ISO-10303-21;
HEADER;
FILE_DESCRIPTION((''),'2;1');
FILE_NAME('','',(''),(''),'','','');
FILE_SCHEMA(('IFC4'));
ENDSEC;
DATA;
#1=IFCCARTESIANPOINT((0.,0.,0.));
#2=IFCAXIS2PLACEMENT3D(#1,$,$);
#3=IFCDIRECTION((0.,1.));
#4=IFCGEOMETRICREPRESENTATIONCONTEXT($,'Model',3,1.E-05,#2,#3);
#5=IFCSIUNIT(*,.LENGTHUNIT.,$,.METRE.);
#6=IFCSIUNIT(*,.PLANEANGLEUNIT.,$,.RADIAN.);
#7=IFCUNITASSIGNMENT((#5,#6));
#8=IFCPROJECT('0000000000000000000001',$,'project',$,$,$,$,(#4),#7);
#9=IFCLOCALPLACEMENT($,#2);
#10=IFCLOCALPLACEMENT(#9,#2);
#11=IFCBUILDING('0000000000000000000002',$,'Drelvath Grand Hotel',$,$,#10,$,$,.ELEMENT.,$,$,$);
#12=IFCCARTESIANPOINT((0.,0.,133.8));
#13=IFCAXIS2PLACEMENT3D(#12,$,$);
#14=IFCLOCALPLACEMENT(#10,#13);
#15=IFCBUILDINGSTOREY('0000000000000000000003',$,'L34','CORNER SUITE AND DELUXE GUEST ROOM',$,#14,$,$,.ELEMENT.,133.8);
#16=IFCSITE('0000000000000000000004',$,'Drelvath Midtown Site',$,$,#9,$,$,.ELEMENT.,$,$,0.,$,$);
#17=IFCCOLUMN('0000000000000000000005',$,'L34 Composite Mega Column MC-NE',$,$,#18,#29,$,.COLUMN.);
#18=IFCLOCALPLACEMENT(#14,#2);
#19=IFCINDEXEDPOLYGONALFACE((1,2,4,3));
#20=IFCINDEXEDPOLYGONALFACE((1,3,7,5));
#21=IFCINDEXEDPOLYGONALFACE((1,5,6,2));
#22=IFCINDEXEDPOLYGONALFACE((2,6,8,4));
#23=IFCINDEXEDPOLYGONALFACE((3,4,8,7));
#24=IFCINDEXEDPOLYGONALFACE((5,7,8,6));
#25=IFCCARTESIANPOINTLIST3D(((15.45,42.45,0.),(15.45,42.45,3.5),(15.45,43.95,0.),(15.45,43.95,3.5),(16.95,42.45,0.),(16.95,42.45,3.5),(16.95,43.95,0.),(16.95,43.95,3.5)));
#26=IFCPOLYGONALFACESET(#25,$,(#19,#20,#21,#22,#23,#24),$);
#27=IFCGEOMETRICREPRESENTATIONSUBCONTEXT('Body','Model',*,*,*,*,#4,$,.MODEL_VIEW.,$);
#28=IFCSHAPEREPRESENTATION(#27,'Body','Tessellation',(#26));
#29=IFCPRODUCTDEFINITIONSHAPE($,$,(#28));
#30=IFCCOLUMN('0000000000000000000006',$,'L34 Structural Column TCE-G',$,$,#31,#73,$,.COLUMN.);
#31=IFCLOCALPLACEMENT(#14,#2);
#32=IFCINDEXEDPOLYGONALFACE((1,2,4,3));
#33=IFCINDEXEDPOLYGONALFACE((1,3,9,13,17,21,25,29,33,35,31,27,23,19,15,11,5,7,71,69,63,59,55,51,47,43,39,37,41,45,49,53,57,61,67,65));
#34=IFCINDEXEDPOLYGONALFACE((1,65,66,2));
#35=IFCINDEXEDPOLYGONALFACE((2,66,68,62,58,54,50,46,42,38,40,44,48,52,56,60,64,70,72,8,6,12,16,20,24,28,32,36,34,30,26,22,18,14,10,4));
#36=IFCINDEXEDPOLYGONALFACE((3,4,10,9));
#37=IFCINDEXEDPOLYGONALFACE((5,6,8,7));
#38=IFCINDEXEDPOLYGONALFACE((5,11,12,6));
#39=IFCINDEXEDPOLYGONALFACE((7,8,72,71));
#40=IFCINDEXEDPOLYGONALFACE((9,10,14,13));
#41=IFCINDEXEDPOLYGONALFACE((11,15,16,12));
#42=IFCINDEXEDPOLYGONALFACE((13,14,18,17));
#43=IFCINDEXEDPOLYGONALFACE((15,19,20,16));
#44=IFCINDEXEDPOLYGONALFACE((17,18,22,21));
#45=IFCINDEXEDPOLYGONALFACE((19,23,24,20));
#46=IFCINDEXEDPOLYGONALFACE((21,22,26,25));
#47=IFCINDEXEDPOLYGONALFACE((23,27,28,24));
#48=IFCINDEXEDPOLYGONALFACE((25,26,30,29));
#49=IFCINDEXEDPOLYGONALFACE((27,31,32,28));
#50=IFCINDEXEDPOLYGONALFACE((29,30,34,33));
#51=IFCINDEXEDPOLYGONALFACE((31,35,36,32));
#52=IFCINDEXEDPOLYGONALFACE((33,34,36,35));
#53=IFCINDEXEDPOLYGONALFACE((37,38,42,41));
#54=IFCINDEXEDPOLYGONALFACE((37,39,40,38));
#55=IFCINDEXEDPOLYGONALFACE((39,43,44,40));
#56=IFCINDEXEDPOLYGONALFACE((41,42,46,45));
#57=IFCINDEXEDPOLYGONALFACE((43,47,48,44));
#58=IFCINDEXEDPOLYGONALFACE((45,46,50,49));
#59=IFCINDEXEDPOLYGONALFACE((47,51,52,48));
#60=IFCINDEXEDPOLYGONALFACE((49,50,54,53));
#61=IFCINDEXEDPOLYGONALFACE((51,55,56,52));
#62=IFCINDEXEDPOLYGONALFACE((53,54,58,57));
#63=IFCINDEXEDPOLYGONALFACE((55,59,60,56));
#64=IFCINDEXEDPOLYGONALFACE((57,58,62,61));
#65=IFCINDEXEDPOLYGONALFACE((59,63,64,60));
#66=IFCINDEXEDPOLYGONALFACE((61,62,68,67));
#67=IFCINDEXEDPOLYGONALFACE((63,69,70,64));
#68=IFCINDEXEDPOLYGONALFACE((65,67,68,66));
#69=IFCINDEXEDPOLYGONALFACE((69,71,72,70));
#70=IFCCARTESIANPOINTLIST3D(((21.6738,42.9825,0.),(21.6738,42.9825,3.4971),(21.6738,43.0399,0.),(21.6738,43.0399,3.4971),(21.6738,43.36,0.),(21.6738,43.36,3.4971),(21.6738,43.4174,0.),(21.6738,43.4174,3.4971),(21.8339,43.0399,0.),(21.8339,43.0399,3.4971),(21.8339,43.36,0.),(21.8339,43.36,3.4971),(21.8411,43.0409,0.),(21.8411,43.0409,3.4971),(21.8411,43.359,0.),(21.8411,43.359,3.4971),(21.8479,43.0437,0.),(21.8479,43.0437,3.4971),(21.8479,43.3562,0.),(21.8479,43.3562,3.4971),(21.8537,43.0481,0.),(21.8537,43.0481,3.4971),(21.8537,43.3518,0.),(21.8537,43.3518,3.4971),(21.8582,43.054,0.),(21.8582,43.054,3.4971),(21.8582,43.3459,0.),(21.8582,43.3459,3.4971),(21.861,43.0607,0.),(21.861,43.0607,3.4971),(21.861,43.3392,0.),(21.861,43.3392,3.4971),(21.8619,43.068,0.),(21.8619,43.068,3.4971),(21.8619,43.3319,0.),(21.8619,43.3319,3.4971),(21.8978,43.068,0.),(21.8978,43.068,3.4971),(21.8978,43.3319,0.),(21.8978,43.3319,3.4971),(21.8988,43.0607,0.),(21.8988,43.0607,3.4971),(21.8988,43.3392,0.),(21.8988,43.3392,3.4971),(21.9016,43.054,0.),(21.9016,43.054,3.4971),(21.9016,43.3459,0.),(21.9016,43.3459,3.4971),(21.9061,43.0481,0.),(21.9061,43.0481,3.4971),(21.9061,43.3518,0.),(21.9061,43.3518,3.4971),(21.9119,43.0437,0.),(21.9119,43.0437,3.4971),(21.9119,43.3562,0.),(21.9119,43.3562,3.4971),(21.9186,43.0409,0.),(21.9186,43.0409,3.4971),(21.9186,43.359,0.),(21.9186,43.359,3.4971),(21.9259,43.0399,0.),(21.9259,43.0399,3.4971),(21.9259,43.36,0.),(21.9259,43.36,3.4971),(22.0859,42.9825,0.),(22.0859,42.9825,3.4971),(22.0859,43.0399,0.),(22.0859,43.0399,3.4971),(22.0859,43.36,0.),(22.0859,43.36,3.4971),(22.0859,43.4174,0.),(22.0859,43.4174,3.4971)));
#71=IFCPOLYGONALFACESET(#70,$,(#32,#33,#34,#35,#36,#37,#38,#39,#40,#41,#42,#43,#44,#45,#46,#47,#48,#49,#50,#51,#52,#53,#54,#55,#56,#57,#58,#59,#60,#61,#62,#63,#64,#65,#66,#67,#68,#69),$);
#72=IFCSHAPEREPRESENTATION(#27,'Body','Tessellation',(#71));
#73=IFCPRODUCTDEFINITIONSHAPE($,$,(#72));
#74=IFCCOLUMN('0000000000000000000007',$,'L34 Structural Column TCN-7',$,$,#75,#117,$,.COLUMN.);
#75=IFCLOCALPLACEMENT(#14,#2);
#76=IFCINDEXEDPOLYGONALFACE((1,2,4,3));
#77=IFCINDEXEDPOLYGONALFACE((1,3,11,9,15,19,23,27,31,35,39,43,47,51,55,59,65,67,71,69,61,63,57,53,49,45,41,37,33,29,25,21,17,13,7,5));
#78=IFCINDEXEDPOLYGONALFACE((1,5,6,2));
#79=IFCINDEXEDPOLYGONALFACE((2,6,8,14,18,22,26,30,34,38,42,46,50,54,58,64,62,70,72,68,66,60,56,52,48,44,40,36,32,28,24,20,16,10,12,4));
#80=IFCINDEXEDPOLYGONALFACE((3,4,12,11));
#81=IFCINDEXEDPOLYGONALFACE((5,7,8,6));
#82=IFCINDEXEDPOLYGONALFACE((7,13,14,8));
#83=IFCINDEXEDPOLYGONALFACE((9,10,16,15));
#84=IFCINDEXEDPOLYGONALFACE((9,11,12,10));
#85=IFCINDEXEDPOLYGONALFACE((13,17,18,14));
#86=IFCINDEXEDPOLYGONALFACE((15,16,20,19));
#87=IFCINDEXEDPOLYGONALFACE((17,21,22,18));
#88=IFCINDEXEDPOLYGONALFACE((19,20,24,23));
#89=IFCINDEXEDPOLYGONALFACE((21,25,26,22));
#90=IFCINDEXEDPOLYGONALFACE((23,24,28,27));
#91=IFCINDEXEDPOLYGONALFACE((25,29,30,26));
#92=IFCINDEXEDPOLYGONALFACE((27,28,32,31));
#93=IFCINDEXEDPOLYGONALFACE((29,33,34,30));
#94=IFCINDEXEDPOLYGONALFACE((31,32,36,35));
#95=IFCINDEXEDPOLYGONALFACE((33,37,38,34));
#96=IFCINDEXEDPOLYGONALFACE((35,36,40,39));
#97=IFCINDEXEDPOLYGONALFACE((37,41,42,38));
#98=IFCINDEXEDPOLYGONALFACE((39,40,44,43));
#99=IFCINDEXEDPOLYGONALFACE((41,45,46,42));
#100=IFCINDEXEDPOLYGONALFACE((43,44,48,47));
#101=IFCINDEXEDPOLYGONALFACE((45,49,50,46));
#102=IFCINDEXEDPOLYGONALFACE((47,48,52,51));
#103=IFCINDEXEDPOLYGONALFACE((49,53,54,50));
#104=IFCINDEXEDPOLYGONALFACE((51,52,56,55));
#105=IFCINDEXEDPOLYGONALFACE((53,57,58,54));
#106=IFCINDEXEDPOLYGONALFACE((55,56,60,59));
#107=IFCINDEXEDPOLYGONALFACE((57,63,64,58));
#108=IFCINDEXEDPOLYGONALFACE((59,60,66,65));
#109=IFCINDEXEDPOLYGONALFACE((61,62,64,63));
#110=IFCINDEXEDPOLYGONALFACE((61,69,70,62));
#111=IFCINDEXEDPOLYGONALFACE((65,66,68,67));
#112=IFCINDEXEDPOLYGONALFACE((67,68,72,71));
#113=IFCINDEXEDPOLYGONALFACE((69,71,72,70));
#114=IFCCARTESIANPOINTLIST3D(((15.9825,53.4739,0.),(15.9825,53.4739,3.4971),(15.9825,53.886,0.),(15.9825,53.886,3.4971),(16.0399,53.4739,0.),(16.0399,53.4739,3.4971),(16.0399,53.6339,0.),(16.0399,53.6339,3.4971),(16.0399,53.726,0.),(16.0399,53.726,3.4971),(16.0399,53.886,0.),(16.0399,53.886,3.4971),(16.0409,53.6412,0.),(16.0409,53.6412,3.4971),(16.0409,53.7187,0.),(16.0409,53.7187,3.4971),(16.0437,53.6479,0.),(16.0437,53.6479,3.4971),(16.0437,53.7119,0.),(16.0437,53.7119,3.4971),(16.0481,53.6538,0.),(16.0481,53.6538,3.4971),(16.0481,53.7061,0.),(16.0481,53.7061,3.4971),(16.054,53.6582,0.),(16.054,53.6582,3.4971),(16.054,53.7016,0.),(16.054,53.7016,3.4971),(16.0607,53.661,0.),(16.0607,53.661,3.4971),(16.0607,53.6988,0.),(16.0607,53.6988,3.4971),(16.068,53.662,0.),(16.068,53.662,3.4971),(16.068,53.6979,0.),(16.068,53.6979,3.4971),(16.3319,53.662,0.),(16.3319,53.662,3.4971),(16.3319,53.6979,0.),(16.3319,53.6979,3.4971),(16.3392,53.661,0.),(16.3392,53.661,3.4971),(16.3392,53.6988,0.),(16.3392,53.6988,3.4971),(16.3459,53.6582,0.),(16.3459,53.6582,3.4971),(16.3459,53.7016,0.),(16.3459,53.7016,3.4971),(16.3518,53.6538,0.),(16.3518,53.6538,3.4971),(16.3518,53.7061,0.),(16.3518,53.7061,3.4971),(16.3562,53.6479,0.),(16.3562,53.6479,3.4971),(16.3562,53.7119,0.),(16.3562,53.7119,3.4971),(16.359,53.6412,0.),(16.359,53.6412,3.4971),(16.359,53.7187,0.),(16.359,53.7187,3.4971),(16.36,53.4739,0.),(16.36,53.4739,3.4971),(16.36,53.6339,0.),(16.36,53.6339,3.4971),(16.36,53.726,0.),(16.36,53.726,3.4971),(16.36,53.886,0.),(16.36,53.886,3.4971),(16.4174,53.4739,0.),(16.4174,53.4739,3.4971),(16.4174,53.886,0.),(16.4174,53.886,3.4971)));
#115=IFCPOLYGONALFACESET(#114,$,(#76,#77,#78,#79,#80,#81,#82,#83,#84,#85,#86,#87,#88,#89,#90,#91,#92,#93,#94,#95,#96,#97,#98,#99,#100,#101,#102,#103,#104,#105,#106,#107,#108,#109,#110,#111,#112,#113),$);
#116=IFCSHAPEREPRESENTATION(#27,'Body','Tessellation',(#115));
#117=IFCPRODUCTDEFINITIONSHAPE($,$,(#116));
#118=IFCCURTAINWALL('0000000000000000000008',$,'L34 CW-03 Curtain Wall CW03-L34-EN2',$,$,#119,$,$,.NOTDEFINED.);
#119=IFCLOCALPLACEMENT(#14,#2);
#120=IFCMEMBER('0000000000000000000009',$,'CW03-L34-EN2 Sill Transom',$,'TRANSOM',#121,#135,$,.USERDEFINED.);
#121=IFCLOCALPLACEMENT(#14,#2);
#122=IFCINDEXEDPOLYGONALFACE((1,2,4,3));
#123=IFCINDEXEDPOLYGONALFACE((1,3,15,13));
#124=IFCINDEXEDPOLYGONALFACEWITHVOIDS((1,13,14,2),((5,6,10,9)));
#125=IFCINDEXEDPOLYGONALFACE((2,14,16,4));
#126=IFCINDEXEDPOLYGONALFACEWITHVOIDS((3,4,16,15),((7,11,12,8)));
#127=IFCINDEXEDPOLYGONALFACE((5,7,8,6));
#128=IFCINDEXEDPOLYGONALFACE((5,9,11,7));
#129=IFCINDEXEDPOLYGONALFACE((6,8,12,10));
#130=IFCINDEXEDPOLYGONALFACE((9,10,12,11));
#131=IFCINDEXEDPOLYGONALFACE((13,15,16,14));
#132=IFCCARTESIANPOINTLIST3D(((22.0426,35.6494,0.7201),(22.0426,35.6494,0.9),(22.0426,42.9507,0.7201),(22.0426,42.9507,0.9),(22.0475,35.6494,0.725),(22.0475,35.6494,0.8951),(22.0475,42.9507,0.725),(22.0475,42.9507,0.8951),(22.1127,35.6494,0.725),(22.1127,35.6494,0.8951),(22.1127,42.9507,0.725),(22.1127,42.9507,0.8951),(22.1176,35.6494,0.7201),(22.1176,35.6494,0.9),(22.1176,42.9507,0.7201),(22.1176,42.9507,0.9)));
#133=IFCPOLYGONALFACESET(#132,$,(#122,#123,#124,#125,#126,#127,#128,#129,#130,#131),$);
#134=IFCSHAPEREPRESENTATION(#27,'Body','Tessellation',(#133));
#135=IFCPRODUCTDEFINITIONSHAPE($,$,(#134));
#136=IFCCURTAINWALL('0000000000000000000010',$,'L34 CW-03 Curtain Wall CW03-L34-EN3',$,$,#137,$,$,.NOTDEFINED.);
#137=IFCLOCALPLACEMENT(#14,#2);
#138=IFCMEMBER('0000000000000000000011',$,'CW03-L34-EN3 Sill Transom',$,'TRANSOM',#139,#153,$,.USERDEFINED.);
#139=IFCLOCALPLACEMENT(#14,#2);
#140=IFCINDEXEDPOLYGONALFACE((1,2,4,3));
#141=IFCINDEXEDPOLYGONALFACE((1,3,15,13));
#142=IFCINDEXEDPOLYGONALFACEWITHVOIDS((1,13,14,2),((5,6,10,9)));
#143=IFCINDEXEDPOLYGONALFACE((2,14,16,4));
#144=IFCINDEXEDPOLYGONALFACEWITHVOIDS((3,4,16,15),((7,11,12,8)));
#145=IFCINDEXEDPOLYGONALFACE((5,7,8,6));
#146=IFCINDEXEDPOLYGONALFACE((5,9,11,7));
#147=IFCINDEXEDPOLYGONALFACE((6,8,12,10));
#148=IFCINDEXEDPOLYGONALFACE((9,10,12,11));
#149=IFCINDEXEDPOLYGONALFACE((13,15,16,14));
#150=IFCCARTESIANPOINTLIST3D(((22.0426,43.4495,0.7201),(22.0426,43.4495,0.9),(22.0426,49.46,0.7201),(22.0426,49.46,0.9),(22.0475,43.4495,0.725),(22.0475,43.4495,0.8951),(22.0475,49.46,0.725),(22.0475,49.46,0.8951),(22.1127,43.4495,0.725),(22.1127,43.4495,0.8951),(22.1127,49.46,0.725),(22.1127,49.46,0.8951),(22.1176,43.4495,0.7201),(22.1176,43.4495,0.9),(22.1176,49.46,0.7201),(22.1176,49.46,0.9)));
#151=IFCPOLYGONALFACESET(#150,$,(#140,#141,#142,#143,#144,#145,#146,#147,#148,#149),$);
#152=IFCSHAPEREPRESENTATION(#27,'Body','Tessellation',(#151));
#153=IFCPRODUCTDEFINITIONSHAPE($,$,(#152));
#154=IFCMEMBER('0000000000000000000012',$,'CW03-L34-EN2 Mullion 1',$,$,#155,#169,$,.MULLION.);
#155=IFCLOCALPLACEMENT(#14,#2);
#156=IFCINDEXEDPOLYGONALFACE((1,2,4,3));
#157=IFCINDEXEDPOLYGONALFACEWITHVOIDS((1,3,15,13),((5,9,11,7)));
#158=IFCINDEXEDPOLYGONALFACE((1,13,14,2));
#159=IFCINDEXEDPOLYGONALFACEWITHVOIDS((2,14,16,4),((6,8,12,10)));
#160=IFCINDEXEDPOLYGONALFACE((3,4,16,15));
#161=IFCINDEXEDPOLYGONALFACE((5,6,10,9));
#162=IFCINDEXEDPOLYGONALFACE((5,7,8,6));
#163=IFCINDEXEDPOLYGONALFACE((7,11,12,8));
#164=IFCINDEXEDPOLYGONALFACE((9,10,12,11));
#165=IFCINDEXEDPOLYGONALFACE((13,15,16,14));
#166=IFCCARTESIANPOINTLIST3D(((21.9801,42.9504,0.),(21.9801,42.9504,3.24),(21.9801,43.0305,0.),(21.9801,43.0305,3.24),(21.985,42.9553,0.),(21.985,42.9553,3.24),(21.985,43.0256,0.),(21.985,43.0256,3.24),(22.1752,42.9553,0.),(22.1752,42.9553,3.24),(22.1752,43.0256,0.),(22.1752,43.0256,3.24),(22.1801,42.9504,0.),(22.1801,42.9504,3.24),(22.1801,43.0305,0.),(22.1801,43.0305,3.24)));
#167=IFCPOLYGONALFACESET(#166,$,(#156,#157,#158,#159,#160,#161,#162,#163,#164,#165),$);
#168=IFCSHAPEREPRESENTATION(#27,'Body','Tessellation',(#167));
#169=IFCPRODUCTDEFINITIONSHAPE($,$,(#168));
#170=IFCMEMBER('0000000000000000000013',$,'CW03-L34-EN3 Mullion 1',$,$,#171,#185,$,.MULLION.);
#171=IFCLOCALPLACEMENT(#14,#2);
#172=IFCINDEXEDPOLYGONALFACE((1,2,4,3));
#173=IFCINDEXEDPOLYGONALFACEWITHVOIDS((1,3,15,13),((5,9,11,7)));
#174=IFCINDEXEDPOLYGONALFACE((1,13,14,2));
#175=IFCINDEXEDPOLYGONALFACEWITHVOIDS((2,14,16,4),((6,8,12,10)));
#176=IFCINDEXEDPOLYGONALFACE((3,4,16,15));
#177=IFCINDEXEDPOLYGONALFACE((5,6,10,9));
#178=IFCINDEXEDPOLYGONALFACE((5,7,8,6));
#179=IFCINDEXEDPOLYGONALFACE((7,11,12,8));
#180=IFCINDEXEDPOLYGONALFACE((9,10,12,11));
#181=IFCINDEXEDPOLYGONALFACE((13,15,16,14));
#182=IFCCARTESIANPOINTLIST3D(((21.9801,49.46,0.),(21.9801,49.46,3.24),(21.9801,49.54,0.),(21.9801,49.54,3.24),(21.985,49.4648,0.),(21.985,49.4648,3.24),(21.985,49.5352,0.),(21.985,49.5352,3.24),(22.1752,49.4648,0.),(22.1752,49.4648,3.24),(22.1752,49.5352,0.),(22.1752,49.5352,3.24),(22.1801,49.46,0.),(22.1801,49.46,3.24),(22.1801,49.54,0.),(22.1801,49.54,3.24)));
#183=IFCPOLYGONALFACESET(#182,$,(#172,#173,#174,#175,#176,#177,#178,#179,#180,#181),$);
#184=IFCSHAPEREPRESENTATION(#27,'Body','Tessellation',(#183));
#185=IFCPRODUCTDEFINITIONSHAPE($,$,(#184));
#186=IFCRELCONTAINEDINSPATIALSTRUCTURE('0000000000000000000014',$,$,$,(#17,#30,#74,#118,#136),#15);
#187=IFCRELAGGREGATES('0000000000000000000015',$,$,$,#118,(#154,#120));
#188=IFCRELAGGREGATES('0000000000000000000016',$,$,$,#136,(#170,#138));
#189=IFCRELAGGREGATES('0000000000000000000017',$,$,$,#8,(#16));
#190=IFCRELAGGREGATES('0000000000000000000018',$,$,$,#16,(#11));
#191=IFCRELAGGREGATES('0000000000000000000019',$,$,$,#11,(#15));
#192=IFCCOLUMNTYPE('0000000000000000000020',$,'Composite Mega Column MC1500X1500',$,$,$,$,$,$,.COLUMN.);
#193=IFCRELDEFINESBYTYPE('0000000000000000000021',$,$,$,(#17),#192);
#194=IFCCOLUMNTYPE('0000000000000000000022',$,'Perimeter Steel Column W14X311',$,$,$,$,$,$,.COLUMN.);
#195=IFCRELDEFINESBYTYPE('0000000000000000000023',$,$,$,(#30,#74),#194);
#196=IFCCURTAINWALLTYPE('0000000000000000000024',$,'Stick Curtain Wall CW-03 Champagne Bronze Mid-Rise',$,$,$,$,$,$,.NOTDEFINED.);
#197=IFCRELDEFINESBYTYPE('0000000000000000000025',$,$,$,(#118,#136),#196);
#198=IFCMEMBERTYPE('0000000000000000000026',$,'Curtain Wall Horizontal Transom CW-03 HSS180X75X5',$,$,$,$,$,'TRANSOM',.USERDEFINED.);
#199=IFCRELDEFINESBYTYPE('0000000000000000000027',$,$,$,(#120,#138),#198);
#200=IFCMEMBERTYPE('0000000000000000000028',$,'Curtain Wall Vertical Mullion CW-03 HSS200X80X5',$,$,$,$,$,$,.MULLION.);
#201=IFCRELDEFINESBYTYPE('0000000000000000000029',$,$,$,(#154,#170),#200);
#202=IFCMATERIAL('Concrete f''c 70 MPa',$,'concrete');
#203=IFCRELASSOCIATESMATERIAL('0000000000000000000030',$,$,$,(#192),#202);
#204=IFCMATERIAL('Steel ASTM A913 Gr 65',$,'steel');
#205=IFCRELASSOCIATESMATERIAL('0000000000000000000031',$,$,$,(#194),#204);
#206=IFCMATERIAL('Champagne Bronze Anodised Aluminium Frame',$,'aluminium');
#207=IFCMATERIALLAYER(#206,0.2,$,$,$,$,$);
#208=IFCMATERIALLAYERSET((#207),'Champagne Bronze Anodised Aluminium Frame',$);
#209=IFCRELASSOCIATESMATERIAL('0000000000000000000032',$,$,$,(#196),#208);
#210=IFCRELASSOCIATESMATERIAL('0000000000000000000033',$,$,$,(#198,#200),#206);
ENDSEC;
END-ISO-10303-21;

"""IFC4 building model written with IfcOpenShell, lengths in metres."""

from ifc_helpers import new_model, si_unit, direction, frame, origin, origin_2d, place, context, subcontext, project, spatial, rectangle, hollow_rectangle, i_section, extrude, material, layer, layer_set, material_profile, profile_set, type_object, element, aggregate, save


model = new_model("IFC4")

# Units and contexts
model_context = context("Model", 3, precision=1e-05, world=origin(), true_north=direction((0.0, 1.0)))
body_context = subcontext(model_context, "Body", "Model", "MODEL_VIEW")
ifc_project = project(units=[si_unit("LENGTHUNIT", "METRE"), si_unit("PLANEANGLEUNIT", "RADIAN")], contexts=[model_context])

# Site, building, storey
site_placement = place(None, origin())
site = spatial("IfcSite", under=ifc_project, at=site_placement, Name="Drelvath Midtown Site", CompositionType="ELEMENT", RefElevation=0.0)
building_placement = place(site_placement, origin())
building = spatial("IfcBuilding", under=site, at=building_placement, Name="Drelvath Grand Hotel", CompositionType="ELEMENT")
storey_placement = place(building_placement, frame((0.0, 0.0, 133.8)))
storey = spatial("IfcBuildingStorey", under=building, at=storey_placement, Name="L34", Description="CORNER SUITE AND DELUXE GUEST ROOM", CompositionType="ELEMENT", Elevation=133.8)

# Columns
ifc_material_1 = material(Name="Concrete f'c 70 MPa", Category="concrete")
ifc_material_profile_1 = material_profile(ifc_material_1, rectangle(XDim=1.5, YDim=1.5, at=origin_2d()), Name="MC1500X1500")
ifc_profile_set_1 = profile_set([ifc_material_profile_1], Name="Concrete f'c 70 MPa")
column_type_1 = type_object("IfcColumnType", Name="Composite Mega Column MC1500X1500", PredefinedType="COLUMN", material=ifc_profile_set_1)
column_placement = place(storey_placement, frame((16.2, 43.2, 0.0), z_axis=(0.0, 0.0, 1.0), x_axis=(1.0, 0.0, 0.0)))
element("IfcColumn", 1, at=column_placement, inside=storey, type_object=column_type_1, Name="L34 Composite Mega Column MC-NE", PredefinedType="COLUMN", context=body_context, shape_type="SweptSolid", body=[
    extrude(rectangle(XDim=1.5, YDim=1.5, at=origin_2d()), origin(), (0.0, 0.0, 1.0), 3.5),
])
ifc_material_2 = material(Name="Steel ASTM A913 Gr 65", Category="steel")
ifc_material_profile_2 = material_profile(ifc_material_2, i_section(OverallWidth=0.4121, OverallDepth=0.4348, WebThickness=0.0359, FlangeThickness=0.0574, FilletRadius=0.0281, at=origin_2d()), Name="W14X311")
ifc_profile_set_2 = profile_set([ifc_material_profile_2], Name="Steel ASTM A913 Gr 65")
column_type_2 = type_object("IfcColumnType", Name="Perimeter Steel Column W14X311", PredefinedType="COLUMN", material=ifc_profile_set_2)
for number, where, z_axis, x_axis, name in (
    (2, (21.8799, 43.2, 0.0), (0.0, 0.0, 1.0), (1.0, 0.0, 0.0), "L34 Structural Column TCE-G"),
    (3, (16.2, 53.6799, 0.0), (0.0, 0.0, 1.0), (0.0, 1.0, 0.0), "L34 Structural Column TCN-7"),
):
    element("IfcColumn", number, at=place(storey_placement, frame(where, z_axis=z_axis, x_axis=x_axis)), inside=storey, type_object=column_type_2, Name=name, PredefinedType="COLUMN", context=body_context, shape_type="SweptSolid", body=[
        extrude(i_section(OverallWidth=0.4121, OverallDepth=0.4348, WebThickness=0.0359, FlangeThickness=0.0574, FilletRadius=0.0281, at=origin_2d()), origin(), (0.0, 0.0, 1.0), 3.4971),
    ])

# Curtain walls, members
ifc_material_3 = material(Name="Champagne Bronze Anodised Aluminium Frame", Category="aluminium")
ifc_layer_1 = layer(ifc_material_3, 0.2)
ifc_layer_set_1 = layer_set([ifc_layer_1], Name="Champagne Bronze Anodised Aluminium Frame")
curtain_wall_type = type_object("IfcCurtainWallType", Name="Stick Curtain Wall CW-03 Champagne Bronze Mid-Rise", PredefinedType="NOTDEFINED", material=ifc_layer_set_1)
curtain_wall_1_placement = place(storey_placement, origin())
curtain_wall_1 = element("IfcCurtainWall", 4, at=curtain_wall_1_placement, inside=storey, type_object=curtain_wall_type, Name="L34 CW-03 Curtain Wall CW03-L34-EN2", PredefinedType="NOTDEFINED")
ifc_material_profile_3 = material_profile(ifc_material_3, hollow_rectangle(XDim=0.075, YDim=0.1799, WallThickness=0.0049, at=origin_2d()), Name="HSS180X75X5")
ifc_profile_set_3 = profile_set([ifc_material_profile_3], Name="Champagne Bronze Anodised Aluminium Frame")
member_type_1 = type_object("IfcMemberType", Name="Curtain Wall Horizontal Transom CW-03 HSS180X75X5", ElementType="TRANSOM", PredefinedType="USERDEFINED", material=ifc_profile_set_3)
member_1_placement = place(storey_placement, frame((22.0801, 42.9507, 0.8101), z_axis=(0.0, -1.0, 0.0), x_axis=(1.0, 0.0, 0.0)))
member_1 = element("IfcMember", 5, at=member_1_placement, type_object=member_type_1, Name="CW03-L34-EN2 Sill Transom", ObjectType="TRANSOM", PredefinedType="USERDEFINED", context=body_context, shape_type="SweptSolid", body=[
    extrude(hollow_rectangle(XDim=0.075, YDim=0.1799, WallThickness=0.0049, at=origin_2d()), origin(), (0.0, 0.0, 1.0), 7.3013),
])
curtain_wall_2_placement = place(storey_placement, origin())
curtain_wall_2 = element("IfcCurtainWall", 6, at=curtain_wall_2_placement, inside=storey, type_object=curtain_wall_type, Name="L34 CW-03 Curtain Wall CW03-L34-EN3", PredefinedType="NOTDEFINED")
member_2_placement = place(storey_placement, frame((22.0801, 49.46, 0.8101), z_axis=(0.0, -1.0, 0.0), x_axis=(1.0, 0.0, 0.0)))
member_2 = element("IfcMember", 7, at=member_2_placement, type_object=member_type_1, Name="CW03-L34-EN3 Sill Transom", ObjectType="TRANSOM", PredefinedType="USERDEFINED", context=body_context, shape_type="SweptSolid", body=[
    extrude(hollow_rectangle(XDim=0.075, YDim=0.1799, WallThickness=0.0049, at=origin_2d()), origin(), (0.0, 0.0, 1.0), 6.0105),
])

# Members
ifc_material_profile_4 = material_profile(ifc_material_3, hollow_rectangle(XDim=0.0801, YDim=0.2, WallThickness=0.0049, at=origin_2d()), Name="HSS200X80X5")
ifc_profile_set_4 = profile_set([ifc_material_profile_4], Name="Champagne Bronze Anodised Aluminium Frame")
member_type_2 = type_object("IfcMemberType", Name="Curtain Wall Vertical Mullion CW-03 HSS200X80X5", PredefinedType="MULLION", material=ifc_profile_set_4)
member_3_placement = place(storey_placement, frame((22.0801, 42.9905, 0.0), z_axis=(0.0, 0.0, 1.0), x_axis=(0.0, 1.0, 0.0)))
member_3 = element("IfcMember", 8, at=member_3_placement, type_object=member_type_2, Name="CW03-L34-EN2 Mullion 1", PredefinedType="MULLION", context=body_context, shape_type="SweptSolid", body=[
    extrude(hollow_rectangle(XDim=0.0801, YDim=0.2, WallThickness=0.0049, at=origin_2d()), origin(), (0.0, 0.0, 1.0), 3.24),
])
member_4_placement = place(storey_placement, frame((22.0801, 49.5, 0.0), z_axis=(0.0, 0.0, 1.0), x_axis=(0.0, 1.0, 0.0)))
member_4 = element("IfcMember", 9, at=member_4_placement, type_object=member_type_2, Name="CW03-L34-EN3 Mullion 1", PredefinedType="MULLION", context=body_context, shape_type="SweptSolid", body=[
    extrude(hollow_rectangle(XDim=0.0801, YDim=0.2, WallThickness=0.0049, at=origin_2d()), origin(), (0.0, 0.0, 1.0), 3.24),
])

aggregate(curtain_wall_1, [member_3, member_1])
aggregate(curtain_wall_2, [member_4, member_2])

save(model, "model.ifc")
